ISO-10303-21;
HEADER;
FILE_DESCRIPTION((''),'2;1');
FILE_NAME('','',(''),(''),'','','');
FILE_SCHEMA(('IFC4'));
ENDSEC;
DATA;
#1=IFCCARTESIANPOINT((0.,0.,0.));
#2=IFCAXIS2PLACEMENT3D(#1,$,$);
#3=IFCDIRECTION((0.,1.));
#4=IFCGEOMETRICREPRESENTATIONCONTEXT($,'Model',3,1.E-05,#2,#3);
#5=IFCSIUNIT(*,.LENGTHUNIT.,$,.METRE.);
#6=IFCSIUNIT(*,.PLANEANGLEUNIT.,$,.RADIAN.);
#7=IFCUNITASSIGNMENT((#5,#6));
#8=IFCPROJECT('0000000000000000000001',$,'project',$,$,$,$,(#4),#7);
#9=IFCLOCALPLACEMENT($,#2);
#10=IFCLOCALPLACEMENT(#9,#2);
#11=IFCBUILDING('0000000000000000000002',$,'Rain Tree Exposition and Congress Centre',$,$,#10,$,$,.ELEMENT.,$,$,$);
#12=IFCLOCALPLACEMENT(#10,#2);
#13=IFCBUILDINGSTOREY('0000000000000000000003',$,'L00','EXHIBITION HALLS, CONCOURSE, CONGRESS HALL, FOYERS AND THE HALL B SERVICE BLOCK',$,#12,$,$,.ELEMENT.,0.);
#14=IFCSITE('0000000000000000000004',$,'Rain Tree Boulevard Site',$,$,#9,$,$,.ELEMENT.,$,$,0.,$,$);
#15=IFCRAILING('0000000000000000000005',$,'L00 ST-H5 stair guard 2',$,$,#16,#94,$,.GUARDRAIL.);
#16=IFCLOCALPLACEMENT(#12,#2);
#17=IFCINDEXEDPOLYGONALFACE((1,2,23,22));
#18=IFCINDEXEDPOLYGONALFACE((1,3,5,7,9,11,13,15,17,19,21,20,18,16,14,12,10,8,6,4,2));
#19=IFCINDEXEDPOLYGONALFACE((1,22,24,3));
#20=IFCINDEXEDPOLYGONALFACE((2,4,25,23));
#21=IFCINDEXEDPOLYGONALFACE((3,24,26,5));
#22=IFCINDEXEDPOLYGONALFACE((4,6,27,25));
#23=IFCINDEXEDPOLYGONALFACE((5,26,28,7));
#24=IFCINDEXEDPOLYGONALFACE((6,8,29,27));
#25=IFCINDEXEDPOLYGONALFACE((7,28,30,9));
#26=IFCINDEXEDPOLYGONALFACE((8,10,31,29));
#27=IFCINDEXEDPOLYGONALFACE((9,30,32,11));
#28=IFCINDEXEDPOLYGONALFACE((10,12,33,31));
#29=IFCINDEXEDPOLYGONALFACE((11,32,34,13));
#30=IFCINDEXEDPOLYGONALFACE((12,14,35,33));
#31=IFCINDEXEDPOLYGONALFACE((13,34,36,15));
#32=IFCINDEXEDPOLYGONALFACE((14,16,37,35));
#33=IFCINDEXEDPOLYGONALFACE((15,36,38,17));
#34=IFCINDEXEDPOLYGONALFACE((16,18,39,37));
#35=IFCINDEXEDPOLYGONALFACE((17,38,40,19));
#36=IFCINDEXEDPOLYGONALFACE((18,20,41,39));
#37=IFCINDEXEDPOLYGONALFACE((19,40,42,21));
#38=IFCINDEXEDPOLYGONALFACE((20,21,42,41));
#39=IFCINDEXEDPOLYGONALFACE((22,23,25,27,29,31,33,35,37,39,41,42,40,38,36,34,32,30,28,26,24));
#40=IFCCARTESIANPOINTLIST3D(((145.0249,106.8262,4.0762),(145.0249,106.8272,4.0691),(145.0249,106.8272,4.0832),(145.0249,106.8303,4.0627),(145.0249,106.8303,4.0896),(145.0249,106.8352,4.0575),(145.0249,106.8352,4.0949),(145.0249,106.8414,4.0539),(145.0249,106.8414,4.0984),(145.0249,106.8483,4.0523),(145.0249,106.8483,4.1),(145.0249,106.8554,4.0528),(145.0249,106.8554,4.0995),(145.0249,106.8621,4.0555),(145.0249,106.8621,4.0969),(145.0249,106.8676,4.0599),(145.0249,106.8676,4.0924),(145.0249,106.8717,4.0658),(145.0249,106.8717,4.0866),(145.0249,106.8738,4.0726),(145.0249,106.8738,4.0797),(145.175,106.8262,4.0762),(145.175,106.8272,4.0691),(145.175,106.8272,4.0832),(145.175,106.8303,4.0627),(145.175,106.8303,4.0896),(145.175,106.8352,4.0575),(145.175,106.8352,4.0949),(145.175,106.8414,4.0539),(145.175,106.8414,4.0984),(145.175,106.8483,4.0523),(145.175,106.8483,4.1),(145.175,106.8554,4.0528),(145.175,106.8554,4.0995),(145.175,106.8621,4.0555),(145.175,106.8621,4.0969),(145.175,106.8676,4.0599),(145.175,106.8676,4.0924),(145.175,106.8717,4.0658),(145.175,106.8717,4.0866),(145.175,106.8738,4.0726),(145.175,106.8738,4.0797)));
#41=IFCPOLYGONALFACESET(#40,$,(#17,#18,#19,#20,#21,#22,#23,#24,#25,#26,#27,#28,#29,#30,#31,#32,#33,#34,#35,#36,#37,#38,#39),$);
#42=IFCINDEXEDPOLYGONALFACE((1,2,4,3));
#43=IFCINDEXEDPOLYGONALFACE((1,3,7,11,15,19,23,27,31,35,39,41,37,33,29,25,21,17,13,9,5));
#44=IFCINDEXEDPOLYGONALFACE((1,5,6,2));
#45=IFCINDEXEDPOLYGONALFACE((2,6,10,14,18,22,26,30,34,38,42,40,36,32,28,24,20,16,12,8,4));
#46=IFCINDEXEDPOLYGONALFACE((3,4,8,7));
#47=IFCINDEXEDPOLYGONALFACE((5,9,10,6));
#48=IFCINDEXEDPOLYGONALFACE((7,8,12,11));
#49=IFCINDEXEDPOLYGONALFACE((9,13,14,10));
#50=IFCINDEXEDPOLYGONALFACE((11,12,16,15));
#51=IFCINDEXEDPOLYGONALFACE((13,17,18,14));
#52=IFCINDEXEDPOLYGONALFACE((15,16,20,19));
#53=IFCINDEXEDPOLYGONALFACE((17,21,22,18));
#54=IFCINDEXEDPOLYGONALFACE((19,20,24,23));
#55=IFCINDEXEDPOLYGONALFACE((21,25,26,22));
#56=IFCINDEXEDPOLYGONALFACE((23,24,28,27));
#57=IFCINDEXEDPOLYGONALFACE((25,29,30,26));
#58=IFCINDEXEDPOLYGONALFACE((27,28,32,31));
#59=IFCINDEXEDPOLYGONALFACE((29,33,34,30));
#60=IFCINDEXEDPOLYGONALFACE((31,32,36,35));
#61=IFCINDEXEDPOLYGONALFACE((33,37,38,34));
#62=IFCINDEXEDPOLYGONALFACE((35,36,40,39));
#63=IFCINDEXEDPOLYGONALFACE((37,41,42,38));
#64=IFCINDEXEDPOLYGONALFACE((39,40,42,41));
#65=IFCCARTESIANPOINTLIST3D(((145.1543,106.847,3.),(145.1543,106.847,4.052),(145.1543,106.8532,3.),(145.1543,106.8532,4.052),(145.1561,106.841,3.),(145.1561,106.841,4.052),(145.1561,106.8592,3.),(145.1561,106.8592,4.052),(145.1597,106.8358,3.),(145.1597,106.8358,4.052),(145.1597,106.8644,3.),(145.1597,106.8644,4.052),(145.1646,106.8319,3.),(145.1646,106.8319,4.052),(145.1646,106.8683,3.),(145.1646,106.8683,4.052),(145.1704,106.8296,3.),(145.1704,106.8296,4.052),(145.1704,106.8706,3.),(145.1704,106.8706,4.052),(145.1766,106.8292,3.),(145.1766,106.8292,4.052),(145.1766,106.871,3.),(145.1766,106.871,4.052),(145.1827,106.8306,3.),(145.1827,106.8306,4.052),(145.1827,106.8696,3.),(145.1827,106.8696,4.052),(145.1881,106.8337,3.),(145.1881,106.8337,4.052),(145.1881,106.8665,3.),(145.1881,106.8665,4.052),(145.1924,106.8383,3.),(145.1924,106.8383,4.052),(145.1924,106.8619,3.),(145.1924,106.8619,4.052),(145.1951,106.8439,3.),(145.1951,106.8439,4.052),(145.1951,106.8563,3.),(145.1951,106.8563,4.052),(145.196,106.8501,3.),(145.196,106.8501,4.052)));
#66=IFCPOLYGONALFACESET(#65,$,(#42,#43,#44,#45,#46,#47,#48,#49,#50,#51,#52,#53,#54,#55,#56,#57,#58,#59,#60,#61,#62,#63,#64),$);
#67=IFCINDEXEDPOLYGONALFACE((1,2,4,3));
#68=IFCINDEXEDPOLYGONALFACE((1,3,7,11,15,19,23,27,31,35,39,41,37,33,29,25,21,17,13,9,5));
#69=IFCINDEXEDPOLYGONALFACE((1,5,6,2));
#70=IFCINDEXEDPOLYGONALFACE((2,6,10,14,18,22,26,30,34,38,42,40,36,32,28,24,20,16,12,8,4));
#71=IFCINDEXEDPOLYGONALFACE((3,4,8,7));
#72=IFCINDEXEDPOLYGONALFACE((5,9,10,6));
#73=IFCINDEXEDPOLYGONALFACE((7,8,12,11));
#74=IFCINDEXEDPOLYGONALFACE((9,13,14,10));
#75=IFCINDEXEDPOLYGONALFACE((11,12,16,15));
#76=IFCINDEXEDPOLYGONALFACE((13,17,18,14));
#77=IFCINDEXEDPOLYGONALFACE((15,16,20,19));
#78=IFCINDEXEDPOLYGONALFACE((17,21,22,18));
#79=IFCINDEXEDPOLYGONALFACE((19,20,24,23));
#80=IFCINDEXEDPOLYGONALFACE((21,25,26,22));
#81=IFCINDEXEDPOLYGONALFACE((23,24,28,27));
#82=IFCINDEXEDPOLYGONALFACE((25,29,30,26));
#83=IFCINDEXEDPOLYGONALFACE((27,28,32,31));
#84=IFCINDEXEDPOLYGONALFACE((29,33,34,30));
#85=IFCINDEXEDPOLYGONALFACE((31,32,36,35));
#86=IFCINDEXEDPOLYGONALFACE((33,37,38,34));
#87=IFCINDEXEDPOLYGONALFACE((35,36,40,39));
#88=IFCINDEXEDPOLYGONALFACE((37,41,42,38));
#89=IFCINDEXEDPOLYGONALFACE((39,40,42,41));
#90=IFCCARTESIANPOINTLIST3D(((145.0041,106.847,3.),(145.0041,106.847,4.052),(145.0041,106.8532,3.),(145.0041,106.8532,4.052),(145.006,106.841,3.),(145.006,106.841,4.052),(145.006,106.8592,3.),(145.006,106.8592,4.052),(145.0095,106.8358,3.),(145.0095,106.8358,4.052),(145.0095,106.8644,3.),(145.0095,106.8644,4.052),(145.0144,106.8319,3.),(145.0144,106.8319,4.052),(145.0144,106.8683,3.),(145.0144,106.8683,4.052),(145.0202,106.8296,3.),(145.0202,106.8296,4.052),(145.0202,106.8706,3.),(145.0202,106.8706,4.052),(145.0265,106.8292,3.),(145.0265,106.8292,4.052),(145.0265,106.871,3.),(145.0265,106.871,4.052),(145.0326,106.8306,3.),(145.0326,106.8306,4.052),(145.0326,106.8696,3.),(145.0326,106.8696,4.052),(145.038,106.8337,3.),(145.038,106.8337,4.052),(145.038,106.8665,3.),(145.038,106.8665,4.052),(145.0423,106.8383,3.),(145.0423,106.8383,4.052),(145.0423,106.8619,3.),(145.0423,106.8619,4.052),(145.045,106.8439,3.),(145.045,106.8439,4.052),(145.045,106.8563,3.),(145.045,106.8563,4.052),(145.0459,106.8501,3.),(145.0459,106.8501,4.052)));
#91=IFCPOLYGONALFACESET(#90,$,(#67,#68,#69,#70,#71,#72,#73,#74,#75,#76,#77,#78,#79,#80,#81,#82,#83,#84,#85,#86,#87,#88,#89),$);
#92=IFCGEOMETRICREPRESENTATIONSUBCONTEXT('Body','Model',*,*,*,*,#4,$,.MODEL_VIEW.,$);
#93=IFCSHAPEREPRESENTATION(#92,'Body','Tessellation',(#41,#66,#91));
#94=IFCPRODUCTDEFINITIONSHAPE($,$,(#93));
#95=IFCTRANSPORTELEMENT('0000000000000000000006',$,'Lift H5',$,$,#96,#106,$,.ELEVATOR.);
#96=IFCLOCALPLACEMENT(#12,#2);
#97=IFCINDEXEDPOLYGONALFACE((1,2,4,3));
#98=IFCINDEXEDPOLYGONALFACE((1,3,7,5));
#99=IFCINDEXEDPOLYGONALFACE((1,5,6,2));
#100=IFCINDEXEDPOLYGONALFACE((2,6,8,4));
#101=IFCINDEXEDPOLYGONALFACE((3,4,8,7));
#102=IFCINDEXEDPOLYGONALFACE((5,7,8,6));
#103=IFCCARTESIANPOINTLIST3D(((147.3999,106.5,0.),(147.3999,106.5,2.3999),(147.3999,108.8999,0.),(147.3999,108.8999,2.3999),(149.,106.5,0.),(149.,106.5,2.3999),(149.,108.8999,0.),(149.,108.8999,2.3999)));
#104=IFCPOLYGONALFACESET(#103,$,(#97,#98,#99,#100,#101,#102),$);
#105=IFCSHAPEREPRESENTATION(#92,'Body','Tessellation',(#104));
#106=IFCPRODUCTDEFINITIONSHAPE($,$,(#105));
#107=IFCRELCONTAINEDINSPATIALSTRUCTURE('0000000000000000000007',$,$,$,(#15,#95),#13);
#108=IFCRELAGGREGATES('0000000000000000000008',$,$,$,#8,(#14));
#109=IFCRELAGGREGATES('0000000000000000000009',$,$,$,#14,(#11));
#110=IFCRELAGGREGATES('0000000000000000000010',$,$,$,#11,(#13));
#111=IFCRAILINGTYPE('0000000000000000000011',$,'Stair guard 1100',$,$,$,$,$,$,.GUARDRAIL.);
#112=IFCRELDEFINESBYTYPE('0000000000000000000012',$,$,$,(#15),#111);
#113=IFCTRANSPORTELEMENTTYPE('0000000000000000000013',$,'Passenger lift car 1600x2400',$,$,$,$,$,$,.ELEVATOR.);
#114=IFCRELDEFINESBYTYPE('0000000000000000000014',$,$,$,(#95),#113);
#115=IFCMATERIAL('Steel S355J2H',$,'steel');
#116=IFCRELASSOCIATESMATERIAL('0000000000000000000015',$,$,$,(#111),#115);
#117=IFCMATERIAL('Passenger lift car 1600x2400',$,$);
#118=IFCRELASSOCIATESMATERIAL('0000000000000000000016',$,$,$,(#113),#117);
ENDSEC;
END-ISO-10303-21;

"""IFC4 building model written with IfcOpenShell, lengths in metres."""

from ifc_helpers import new_model, si_unit, direction, frame, origin, origin_2d, place, context, subcontext, project, spatial, rectangle, circle, extrude, material, type_object, element, save


model = new_model("IFC4")

# Units and contexts
model_context = context("Model", 3, precision=1e-05, world=origin(), true_north=direction((0.0, 1.0)))
body_context = subcontext(model_context, "Body", "Model", "MODEL_VIEW")
ifc_project = project(units=[si_unit("LENGTHUNIT", "METRE"), si_unit("PLANEANGLEUNIT", "RADIAN")], contexts=[model_context])

# Site, building, storey
site_placement = place(None, origin())
site = spatial("IfcSite", under=ifc_project, at=site_placement, Name="Rain Tree Boulevard Site", CompositionType="ELEMENT", RefElevation=0.0)
building_placement = place(site_placement, origin())
building = spatial("IfcBuilding", under=site, at=building_placement, Name="Rain Tree Exposition and Congress Centre", CompositionType="ELEMENT")
storey_placement = place(building_placement, origin())
storey = spatial("IfcBuildingStorey", under=building, at=storey_placement, Name="L00", Description="EXHIBITION HALLS, CONCOURSE, CONGRESS HALL, FOYERS AND THE HALL B SERVICE BLOCK", CompositionType="ELEMENT", Elevation=0.0)

# Railing
ifc_material_1 = material(Name="Steel S355J2H", Category="steel")
railing_type_1 = type_object("IfcRailingType", Name="Stair guard 1100", PredefinedType="GUARDRAIL", material=ifc_material_1)
railing_1_placement = place(storey_placement, frame((145.175, 106.8501, 3.0)))
element("IfcRailing", 1, at=railing_1_placement, inside=storey, type_object=railing_type_1, Name="L00 ST-H5 stair guard 2", PredefinedType="GUARDRAIL", context=body_context, shape_type="SweptSolid", body=[
    extrude(circle(Radius=0.0239, at=origin_2d()), frame((0.0, 0.0, 1.0762), z_axis=(-1.0, 0.0, 0.0), x_axis=(0.0, -1.0, 0.0)), (0.0, 0.0, 1.0), 0.1501),
    extrude(circle(Radius=0.021, at=origin_2d()), origin(), (0.0, 0.0, 1.0), 1.052),
    extrude(circle(Radius=0.021, at=origin_2d()), frame((-0.1501, 0.0, 0.0)), (0.0, 0.0, 1.0), 1.052),
])

# Transport element
ifc_material_2 = material(Name="Passenger lift car 1600x2400")
transport_element_type = type_object("IfcTransportElementType", Name="Passenger lift car 1600x2400", PredefinedType="ELEVATOR", material=ifc_material_2)
transport_element_placement = place(storey_placement, frame((148.2, 107.7, 0.0), z_axis=(0.0, 0.0, 1.0), x_axis=(1.0, 0.0, 0.0)))
element("IfcTransportElement", 2, at=transport_element_placement, inside=storey, type_object=transport_element_type, Name="Lift H5", PredefinedType="ELEVATOR", context=body_context, shape_type="SweptSolid", body=[
    extrude(rectangle(XDim=1.6001, YDim=2.3999, at=origin_2d()), origin(), (0.0, 0.0, 1.0), 2.3999),
])

save(model, "model.ifc")
